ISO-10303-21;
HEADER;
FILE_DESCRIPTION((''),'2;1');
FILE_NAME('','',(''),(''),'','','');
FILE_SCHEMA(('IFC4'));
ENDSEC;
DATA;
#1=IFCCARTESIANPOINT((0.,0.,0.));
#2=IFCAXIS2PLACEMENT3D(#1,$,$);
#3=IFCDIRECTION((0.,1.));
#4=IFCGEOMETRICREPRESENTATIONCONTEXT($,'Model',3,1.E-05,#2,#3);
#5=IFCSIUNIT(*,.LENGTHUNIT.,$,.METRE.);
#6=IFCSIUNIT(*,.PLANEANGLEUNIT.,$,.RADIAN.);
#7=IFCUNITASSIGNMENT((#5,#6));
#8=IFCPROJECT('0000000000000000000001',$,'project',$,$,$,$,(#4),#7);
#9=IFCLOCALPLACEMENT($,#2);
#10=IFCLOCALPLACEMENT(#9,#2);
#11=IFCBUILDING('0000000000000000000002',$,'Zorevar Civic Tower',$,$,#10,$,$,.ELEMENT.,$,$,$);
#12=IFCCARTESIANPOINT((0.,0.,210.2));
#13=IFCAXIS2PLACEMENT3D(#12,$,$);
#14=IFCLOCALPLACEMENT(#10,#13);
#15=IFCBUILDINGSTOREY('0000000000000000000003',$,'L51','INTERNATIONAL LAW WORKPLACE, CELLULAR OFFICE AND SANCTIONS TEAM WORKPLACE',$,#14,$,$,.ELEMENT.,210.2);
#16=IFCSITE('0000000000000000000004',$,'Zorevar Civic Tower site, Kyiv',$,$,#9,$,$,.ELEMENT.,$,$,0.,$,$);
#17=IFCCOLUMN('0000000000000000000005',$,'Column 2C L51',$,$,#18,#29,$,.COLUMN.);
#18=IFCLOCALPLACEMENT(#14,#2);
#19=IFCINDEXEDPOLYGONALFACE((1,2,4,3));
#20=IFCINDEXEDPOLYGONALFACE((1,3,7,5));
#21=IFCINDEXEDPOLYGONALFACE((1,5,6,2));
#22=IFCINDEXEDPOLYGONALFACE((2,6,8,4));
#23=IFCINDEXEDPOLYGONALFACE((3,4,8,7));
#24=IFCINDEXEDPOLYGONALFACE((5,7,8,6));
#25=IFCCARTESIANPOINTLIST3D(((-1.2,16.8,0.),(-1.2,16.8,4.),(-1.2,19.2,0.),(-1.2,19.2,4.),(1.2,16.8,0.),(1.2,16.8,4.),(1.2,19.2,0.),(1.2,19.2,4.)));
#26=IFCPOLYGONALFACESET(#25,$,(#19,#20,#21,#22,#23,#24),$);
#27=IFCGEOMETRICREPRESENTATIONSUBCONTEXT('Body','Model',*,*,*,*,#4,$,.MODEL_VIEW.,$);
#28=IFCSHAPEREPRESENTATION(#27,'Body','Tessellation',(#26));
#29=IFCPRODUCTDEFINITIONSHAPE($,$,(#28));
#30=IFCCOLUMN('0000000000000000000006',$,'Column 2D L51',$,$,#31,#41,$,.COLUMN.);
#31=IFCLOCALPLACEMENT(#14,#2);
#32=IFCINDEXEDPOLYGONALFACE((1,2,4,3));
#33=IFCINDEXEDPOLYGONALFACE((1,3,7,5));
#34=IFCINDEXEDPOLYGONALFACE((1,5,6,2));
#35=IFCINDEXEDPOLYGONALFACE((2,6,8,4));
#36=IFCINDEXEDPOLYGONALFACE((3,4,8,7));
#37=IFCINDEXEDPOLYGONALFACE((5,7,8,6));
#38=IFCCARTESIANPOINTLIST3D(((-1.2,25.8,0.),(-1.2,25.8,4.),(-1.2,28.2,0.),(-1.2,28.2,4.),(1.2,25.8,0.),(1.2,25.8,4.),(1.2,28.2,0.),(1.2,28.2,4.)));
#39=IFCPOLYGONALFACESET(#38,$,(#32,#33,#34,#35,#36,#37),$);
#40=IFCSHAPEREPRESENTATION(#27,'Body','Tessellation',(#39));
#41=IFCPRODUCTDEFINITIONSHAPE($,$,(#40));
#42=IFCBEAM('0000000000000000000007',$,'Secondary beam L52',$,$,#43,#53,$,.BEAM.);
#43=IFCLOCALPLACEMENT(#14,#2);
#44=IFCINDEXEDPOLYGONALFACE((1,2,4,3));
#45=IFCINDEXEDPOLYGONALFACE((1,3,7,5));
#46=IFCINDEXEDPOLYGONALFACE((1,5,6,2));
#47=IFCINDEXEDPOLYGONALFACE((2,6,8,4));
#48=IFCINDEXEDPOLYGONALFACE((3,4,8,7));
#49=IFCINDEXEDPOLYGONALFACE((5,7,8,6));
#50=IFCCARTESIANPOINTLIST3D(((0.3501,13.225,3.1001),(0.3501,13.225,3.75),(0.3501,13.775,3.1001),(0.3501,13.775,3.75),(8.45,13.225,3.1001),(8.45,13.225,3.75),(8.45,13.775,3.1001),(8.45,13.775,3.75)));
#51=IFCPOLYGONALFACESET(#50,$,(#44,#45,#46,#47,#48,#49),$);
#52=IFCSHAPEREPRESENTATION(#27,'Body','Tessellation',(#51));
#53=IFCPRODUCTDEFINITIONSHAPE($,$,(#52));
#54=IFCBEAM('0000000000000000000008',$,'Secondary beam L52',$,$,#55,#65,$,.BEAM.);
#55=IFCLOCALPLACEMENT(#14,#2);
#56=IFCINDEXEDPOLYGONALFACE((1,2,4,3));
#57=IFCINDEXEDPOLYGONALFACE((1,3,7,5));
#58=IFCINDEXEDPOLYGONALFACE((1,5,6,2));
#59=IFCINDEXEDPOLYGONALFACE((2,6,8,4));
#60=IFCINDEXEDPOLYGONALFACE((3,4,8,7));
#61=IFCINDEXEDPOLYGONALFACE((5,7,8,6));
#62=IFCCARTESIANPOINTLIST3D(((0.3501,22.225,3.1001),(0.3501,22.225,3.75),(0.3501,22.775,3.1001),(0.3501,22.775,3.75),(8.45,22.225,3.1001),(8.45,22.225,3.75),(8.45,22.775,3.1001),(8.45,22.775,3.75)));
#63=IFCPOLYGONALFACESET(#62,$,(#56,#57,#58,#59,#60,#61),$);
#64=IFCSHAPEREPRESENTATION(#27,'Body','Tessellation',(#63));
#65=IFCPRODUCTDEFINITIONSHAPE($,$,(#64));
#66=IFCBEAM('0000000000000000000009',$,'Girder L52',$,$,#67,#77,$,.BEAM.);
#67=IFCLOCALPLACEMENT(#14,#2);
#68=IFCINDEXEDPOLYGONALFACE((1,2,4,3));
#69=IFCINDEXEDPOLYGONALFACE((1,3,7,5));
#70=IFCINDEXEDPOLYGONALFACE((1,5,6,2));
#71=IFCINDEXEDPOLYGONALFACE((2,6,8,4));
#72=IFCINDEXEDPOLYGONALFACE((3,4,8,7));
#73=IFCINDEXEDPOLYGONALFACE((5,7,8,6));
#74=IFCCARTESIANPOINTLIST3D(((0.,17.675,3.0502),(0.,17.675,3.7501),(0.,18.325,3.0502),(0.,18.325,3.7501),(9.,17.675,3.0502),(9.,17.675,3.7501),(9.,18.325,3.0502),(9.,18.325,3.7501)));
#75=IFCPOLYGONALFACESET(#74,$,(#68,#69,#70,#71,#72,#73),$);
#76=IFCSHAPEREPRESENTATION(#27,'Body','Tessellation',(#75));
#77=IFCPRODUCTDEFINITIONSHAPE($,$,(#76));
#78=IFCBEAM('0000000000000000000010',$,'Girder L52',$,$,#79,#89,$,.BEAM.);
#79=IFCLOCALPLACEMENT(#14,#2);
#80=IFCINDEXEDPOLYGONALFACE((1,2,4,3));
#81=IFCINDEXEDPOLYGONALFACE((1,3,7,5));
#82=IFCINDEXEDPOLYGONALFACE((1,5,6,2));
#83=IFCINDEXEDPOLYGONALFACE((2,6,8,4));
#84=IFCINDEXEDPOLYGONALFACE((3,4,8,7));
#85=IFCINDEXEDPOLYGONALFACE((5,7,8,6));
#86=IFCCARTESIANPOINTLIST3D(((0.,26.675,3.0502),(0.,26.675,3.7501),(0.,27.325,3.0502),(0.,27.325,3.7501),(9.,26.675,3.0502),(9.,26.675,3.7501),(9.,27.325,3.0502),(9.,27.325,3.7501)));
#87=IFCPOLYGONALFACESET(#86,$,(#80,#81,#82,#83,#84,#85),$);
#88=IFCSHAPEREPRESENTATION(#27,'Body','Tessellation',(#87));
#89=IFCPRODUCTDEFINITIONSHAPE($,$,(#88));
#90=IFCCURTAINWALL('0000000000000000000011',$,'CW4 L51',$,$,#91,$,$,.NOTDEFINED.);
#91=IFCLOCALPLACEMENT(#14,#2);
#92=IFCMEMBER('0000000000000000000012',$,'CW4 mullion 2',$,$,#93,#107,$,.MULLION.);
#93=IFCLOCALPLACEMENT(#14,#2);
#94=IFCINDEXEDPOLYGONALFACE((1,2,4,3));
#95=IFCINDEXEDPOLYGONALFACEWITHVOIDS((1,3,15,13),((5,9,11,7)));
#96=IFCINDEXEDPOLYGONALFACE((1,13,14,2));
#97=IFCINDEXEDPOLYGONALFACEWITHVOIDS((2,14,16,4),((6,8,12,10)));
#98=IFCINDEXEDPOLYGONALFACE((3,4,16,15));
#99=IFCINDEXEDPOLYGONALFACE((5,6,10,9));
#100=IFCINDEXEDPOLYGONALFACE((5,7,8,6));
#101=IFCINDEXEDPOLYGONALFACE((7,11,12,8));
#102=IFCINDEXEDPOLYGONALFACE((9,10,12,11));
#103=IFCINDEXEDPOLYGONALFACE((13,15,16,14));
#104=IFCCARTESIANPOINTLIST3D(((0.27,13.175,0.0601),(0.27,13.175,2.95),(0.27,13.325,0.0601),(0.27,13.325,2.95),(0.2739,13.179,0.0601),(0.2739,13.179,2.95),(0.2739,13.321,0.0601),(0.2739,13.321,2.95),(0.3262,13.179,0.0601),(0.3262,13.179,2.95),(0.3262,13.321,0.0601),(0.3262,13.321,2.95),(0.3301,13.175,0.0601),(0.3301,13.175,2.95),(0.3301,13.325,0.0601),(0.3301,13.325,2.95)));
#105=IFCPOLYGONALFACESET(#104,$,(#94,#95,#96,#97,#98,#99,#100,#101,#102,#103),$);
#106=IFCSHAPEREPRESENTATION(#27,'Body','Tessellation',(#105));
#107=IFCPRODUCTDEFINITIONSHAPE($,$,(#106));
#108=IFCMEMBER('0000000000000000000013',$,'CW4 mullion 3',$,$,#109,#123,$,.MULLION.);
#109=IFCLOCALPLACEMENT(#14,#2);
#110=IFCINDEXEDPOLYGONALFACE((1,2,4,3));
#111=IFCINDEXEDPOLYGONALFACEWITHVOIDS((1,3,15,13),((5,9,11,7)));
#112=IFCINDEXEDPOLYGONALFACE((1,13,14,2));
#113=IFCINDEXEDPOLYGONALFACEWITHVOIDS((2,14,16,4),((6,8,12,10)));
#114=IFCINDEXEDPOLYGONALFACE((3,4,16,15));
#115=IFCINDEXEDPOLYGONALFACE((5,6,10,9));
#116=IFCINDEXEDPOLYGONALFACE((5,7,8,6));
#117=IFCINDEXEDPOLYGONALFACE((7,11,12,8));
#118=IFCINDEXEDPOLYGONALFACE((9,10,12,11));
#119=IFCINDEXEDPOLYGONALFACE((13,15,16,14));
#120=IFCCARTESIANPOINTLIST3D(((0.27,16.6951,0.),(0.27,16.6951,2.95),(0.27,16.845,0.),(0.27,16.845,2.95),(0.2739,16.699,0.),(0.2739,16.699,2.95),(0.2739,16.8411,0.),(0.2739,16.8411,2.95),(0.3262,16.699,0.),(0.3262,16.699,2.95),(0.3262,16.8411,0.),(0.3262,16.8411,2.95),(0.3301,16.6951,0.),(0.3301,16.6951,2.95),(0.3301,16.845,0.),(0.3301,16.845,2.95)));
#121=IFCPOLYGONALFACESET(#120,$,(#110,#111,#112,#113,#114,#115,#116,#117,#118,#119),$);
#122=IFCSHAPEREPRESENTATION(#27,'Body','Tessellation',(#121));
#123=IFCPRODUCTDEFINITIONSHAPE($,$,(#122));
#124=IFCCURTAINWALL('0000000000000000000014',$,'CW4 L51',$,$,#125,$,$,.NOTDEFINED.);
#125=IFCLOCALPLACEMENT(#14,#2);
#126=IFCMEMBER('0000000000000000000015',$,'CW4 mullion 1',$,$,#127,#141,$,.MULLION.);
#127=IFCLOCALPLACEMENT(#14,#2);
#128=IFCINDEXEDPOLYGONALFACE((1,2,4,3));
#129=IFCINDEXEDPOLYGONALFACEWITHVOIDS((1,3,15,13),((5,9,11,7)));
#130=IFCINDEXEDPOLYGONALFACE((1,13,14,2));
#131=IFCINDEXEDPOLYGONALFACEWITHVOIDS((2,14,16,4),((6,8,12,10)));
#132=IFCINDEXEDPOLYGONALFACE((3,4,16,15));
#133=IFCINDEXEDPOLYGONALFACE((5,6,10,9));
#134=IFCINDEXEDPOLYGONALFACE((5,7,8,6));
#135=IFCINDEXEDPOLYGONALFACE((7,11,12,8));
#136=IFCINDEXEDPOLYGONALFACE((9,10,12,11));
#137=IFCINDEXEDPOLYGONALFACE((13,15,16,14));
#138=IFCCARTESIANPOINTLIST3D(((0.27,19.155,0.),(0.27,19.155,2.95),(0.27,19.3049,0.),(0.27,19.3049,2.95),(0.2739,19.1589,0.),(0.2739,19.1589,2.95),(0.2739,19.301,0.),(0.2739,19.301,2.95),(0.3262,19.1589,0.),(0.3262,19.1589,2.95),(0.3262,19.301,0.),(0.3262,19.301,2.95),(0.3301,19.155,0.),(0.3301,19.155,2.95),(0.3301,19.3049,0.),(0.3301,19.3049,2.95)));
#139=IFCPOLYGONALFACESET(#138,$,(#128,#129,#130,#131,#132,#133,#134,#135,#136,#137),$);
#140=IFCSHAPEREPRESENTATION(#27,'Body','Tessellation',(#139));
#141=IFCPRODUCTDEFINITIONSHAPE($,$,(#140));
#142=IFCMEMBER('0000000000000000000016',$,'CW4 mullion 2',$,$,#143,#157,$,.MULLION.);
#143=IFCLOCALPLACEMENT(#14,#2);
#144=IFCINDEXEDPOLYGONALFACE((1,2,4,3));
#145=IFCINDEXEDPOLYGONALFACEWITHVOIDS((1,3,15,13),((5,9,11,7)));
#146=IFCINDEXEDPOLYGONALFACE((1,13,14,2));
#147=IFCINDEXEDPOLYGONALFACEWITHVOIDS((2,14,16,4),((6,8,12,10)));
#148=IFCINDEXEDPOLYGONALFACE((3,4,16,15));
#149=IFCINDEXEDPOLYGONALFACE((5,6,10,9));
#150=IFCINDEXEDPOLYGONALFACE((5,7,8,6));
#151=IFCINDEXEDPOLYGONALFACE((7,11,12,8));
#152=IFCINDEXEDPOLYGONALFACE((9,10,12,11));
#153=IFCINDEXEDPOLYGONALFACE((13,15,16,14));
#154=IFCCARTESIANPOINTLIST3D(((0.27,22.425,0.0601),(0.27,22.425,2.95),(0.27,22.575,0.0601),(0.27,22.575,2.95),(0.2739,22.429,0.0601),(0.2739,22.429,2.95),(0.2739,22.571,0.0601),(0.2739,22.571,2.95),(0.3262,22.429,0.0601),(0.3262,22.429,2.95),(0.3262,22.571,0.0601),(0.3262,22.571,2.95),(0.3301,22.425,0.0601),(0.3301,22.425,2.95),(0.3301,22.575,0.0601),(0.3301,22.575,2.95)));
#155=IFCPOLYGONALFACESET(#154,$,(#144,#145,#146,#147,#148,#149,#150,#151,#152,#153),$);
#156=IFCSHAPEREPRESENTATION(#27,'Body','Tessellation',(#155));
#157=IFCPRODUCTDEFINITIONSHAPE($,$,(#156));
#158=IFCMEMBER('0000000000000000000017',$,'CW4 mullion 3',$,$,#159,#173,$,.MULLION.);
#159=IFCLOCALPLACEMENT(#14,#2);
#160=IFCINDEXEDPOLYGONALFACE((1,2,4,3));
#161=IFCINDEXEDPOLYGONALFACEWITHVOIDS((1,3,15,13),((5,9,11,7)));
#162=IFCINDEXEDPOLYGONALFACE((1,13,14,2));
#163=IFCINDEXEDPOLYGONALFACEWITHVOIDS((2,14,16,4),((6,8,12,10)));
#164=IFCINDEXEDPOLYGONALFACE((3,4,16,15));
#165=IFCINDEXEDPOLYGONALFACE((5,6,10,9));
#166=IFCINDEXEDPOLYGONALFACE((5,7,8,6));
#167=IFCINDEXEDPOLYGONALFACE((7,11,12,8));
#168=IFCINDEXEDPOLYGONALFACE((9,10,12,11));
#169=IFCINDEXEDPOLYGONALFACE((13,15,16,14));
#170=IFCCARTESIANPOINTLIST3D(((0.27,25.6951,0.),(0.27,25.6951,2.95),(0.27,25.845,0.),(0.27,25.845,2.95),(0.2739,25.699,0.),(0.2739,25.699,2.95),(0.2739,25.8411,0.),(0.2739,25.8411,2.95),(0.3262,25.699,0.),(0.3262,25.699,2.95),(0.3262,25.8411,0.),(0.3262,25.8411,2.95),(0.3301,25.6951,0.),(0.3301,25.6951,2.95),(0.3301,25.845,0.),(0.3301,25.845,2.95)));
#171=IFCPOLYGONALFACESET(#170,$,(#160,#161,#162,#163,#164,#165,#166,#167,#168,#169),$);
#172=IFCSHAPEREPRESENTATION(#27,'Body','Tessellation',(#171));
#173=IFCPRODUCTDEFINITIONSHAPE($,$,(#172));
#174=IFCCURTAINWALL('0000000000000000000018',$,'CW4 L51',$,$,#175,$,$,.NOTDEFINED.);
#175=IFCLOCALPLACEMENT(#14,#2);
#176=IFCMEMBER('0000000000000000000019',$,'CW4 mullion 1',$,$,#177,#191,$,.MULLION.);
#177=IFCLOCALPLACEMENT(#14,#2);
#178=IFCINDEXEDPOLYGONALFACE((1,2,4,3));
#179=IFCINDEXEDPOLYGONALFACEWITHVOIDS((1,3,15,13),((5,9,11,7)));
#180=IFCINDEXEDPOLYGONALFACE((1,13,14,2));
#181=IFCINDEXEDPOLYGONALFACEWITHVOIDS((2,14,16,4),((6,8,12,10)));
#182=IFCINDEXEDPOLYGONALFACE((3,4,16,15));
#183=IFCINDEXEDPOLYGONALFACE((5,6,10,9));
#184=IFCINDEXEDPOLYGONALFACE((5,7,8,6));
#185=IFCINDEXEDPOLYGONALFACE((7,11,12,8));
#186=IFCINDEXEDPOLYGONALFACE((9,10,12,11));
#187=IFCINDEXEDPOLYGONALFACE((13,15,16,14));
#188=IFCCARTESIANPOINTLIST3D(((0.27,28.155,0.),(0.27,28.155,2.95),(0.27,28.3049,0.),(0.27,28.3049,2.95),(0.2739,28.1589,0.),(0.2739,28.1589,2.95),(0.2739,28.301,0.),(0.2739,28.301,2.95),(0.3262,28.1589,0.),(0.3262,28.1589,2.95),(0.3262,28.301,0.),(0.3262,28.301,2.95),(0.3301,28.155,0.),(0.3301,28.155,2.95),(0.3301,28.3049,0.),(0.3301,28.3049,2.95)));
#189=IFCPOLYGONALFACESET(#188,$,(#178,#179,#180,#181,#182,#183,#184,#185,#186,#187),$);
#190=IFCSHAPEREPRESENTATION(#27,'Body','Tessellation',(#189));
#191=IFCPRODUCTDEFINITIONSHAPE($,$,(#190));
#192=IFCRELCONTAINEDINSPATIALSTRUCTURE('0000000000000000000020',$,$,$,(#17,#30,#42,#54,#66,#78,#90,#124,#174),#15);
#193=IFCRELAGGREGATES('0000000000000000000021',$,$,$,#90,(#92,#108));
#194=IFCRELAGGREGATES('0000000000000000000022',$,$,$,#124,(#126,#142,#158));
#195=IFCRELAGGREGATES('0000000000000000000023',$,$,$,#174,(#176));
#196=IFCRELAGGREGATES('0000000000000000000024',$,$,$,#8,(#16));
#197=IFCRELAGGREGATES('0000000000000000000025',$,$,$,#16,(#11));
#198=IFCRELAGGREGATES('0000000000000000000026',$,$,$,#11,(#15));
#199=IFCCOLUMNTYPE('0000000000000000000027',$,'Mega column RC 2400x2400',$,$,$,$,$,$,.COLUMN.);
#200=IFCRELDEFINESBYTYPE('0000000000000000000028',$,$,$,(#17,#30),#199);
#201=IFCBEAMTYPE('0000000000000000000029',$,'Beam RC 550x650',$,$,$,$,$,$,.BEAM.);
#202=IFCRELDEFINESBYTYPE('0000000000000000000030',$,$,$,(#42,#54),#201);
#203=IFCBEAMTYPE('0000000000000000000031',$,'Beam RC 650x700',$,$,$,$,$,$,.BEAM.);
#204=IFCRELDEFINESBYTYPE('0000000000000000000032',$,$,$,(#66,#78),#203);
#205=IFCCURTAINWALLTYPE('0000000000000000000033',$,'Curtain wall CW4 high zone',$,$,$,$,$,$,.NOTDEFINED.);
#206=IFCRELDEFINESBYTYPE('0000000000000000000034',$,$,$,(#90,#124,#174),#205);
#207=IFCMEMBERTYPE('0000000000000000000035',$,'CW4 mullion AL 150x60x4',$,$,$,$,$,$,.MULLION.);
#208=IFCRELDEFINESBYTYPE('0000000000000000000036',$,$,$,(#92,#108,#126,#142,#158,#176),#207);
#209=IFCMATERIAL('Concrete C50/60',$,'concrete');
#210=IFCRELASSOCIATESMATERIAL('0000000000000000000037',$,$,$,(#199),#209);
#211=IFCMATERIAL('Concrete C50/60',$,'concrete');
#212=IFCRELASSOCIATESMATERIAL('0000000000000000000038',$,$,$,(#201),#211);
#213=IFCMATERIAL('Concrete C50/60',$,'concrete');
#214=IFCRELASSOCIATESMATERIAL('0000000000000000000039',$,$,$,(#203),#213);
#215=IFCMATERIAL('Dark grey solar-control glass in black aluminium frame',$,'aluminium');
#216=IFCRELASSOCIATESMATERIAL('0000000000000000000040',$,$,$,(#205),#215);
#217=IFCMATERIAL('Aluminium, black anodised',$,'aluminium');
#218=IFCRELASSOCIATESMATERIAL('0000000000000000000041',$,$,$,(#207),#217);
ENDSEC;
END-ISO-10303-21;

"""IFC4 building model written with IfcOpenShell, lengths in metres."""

from ifc_helpers import new_model, si_unit, direction, frame, origin, origin_2d, place, context, subcontext, project, spatial, rectangle, hollow_rectangle, extrude, material, material_profile, profile_set, type_object, element, aggregate, save


model = new_model("IFC4")

# Units and contexts
model_context = context("Model", 3, precision=1e-05, world=origin(), true_north=direction((0.0, 1.0)))
body_context = subcontext(model_context, "Body", "Model", "MODEL_VIEW")
ifc_project = project(units=[si_unit("LENGTHUNIT", "METRE"), si_unit("PLANEANGLEUNIT", "RADIAN")], contexts=[model_context])

# Site, building, storey
site_placement = place(None, origin())
site = spatial("IfcSite", under=ifc_project, at=site_placement, Name="Zorevar Civic Tower site, Kyiv", CompositionType="ELEMENT", RefElevation=0.0)
building_placement = place(site_placement, origin())
building = spatial("IfcBuilding", under=site, at=building_placement, Name="Zorevar Civic Tower", CompositionType="ELEMENT")
storey_placement = place(building_placement, frame((0.0, 0.0, 210.2)))
storey = spatial("IfcBuildingStorey", under=building, at=storey_placement, Name="L51", Description="INTERNATIONAL LAW WORKPLACE, CELLULAR OFFICE AND SANCTIONS TEAM WORKPLACE", CompositionType="ELEMENT", Elevation=210.2)

# Columns
ifc_material_1 = material(Name="Concrete C50/60", Category="concrete")
ifc_material_profile_1 = material_profile(ifc_material_1, rectangle(XDim=2.3999, YDim=2.3999, at=origin_2d()), Name="RC 2400x2400")
ifc_profile_set_1 = profile_set([ifc_material_profile_1], Name="Concrete C50/60")
column_type = type_object("IfcColumnType", Name="Mega column RC 2400x2400", PredefinedType="COLUMN", material=ifc_profile_set_1)
for number, where, z_axis, x_axis, name in (
    (1, (0.0, 18.0, 0.0), (0.0, 0.0, 1.0), (1.0, 0.0, 0.0), "Column 2C L51"),
    (2, (0.0, 27.0, 0.0), (0.0, 0.0, 1.0), (1.0, 0.0, 0.0), "Column 2D L51"),
):
    element("IfcColumn", number, at=place(storey_placement, frame(where, z_axis=z_axis, x_axis=x_axis)), inside=storey, type_object=column_type, Name=name, PredefinedType="COLUMN", context=body_context, shape_type="SweptSolid", body=[
        extrude(rectangle(XDim=2.3999, YDim=2.3999, at=origin_2d()), origin(), (0.0, 0.0, 1.0), 4.0),
    ])

# Beams
ifc_material_2 = material(Name="Concrete C50/60", Category="concrete")
ifc_material_profile_2 = material_profile(ifc_material_2, rectangle(XDim=0.55, YDim=0.6499, at=origin_2d()), Name="RC 550x650")
ifc_profile_set_2 = profile_set([ifc_material_profile_2], Name="Concrete C50/60")
beam_type_1 = type_object("IfcBeamType", Name="Beam RC 550x650", PredefinedType="BEAM", material=ifc_profile_set_2)
for number, where, z_axis, x_axis, name in (
    (3, (0.3501, 13.5, 3.425), (1.0, 0.0, 0.0), (0.0, 1.0, 0.0), "Secondary beam L52"),
    (4, (0.3501, 22.5, 3.425), (1.0, 0.0, 0.0), (0.0, 1.0, 0.0), "Secondary beam L52"),
):
    element("IfcBeam", number, at=place(storey_placement, frame(where, z_axis=z_axis, x_axis=x_axis)), inside=storey, type_object=beam_type_1, Name=name, PredefinedType="BEAM", context=body_context, shape_type="SweptSolid", body=[
        extrude(rectangle(XDim=0.55, YDim=0.6499, at=origin_2d()), origin(), (0.0, 0.0, 1.0), 8.0999),
    ])
ifc_material_3 = material(Name="Concrete C50/60", Category="concrete")
ifc_material_profile_3 = material_profile(ifc_material_3, rectangle(XDim=0.6499, YDim=0.7, at=origin_2d()), Name="RC 650x700")
ifc_profile_set_3 = profile_set([ifc_material_profile_3], Name="Concrete C50/60")
beam_type_2 = type_object("IfcBeamType", Name="Beam RC 650x700", PredefinedType="BEAM", material=ifc_profile_set_3)
for number, where, z_axis, x_axis, name in (
    (5, (0.0, 18.0, 3.4001), (1.0, 0.0, 0.0), (0.0, 1.0, 0.0), "Girder L52"),
    (6, (0.0, 27.0, 3.4001), (1.0, 0.0, 0.0), (0.0, 1.0, 0.0), "Girder L52"),
):
    element("IfcBeam", number, at=place(storey_placement, frame(where, z_axis=z_axis, x_axis=x_axis)), inside=storey, type_object=beam_type_2, Name=name, PredefinedType="BEAM", context=body_context, shape_type="SweptSolid", body=[
        extrude(rectangle(XDim=0.6499, YDim=0.7, at=origin_2d()), origin(), (0.0, 0.0, 1.0), 9.0),
    ])

# Curtain walls, members
ifc_material_4 = material(Name="Dark grey solar-control glass in black aluminium frame", Category="aluminium")
curtain_wall_type = type_object("IfcCurtainWallType", Name="Curtain wall CW4 high zone", PredefinedType="NOTDEFINED", material=ifc_material_4)
curtain_wall_1_placement = place(storey_placement, origin())
curtain_wall_1 = element("IfcCurtainWall", 7, at=curtain_wall_1_placement, inside=storey, type_object=curtain_wall_type, Name="CW4 L51", PredefinedType="NOTDEFINED")
ifc_material_5 = material(Name="Aluminium, black anodised", Category="aluminium")
ifc_material_profile_4 = material_profile(ifc_material_5, hollow_rectangle(XDim=0.0601, YDim=0.1499, WallThickness=0.0039, at=origin_2d()), Name="AL 150x60x4")
ifc_profile_set_4 = profile_set([ifc_material_profile_4], Name="Aluminium, black anodised")
member_type_1 = type_object("IfcMemberType", Name="CW4 mullion AL 150x60x4", PredefinedType="MULLION", material=ifc_profile_set_4)
member_1_placement = place(storey_placement, frame((0.3, 13.25, 0.0601), z_axis=(0.0, 0.0, 1.0), x_axis=(-1.0, 0.0, 0.0)))
member_1 = element("IfcMember", 8, at=member_1_placement, type_object=member_type_1, Name="CW4 mullion 2", PredefinedType="MULLION", context=body_context, shape_type="SweptSolid", body=[
    extrude(hollow_rectangle(XDim=0.0601, YDim=0.1499, WallThickness=0.0039, at=origin_2d()), origin(), (0.0, 0.0, 1.0), 2.8899),
])
member_2_placement = place(storey_placement, frame((0.3, 16.77, 0.0), z_axis=(0.0, 0.0, 1.0), x_axis=(-1.0, 0.0, 0.0)))
member_2 = element("IfcMember", 9, at=member_2_placement, type_object=member_type_1, Name="CW4 mullion 3", PredefinedType="MULLION", context=body_context, shape_type="SweptSolid", body=[
    extrude(hollow_rectangle(XDim=0.0601, YDim=0.1499, WallThickness=0.0039, at=origin_2d()), origin(), (0.0, 0.0, 1.0), 2.95),
])
curtain_wall_2_placement = place(storey_placement, origin())
curtain_wall_2 = element("IfcCurtainWall", 10, at=curtain_wall_2_placement, inside=storey, type_object=curtain_wall_type, Name="CW4 L51", PredefinedType="NOTDEFINED")
member_3_placement = place(storey_placement, frame((0.3, 19.23, 0.0), z_axis=(0.0, 0.0, 1.0), x_axis=(-1.0, 0.0, 0.0)))
member_3 = element("IfcMember", 11, at=member_3_placement, type_object=member_type_1, Name="CW4 mullion 1", PredefinedType="MULLION", context=body_context, shape_type="SweptSolid", body=[
    extrude(hollow_rectangle(XDim=0.0601, YDim=0.1499, WallThickness=0.0039, at=origin_2d()), origin(), (0.0, 0.0, 1.0), 2.95),
])
member_4_placement = place(storey_placement, frame((0.3, 22.5, 0.0601), z_axis=(0.0, 0.0, 1.0), x_axis=(-1.0, 0.0, 0.0)))
member_4 = element("IfcMember", 12, at=member_4_placement, type_object=member_type_1, Name="CW4 mullion 2", PredefinedType="MULLION", context=body_context, shape_type="SweptSolid", body=[
    extrude(hollow_rectangle(XDim=0.0601, YDim=0.1499, WallThickness=0.0039, at=origin_2d()), origin(), (0.0, 0.0, 1.0), 2.8899),
])
member_5_placement = place(storey_placement, frame((0.3, 25.77, 0.0), z_axis=(0.0, 0.0, 1.0), x_axis=(-1.0, 0.0, 0.0)))
member_5 = element("IfcMember", 13, at=member_5_placement, type_object=member_type_1, Name="CW4 mullion 3", PredefinedType="MULLION", context=body_context, shape_type="SweptSolid", body=[
    extrude(hollow_rectangle(XDim=0.0601, YDim=0.1499, WallThickness=0.0039, at=origin_2d()), origin(), (0.0, 0.0, 1.0), 2.95),
])
curtain_wall_3_placement = place(storey_placement, origin())
curtain_wall_3 = element("IfcCurtainWall", 14, at=curtain_wall_3_placement, inside=storey, type_object=curtain_wall_type, Name="CW4 L51", PredefinedType="NOTDEFINED")
member_6_placement = place(storey_placement, frame((0.3, 28.23, 0.0), z_axis=(0.0, 0.0, 1.0), x_axis=(-1.0, 0.0, 0.0)))
member_6 = element("IfcMember", 15, at=member_6_placement, type_object=member_type_1, Name="CW4 mullion 1", PredefinedType="MULLION", context=body_context, shape_type="SweptSolid", body=[
    extrude(hollow_rectangle(XDim=0.0601, YDim=0.1499, WallThickness=0.0039, at=origin_2d()), origin(), (0.0, 0.0, 1.0), 2.95),
])

aggregate(curtain_wall_1, [member_1, member_2])
aggregate(curtain_wall_2, [member_3, member_4, member_5])
aggregate(curtain_wall_3, [member_6])

save(model, "model.ifc")
